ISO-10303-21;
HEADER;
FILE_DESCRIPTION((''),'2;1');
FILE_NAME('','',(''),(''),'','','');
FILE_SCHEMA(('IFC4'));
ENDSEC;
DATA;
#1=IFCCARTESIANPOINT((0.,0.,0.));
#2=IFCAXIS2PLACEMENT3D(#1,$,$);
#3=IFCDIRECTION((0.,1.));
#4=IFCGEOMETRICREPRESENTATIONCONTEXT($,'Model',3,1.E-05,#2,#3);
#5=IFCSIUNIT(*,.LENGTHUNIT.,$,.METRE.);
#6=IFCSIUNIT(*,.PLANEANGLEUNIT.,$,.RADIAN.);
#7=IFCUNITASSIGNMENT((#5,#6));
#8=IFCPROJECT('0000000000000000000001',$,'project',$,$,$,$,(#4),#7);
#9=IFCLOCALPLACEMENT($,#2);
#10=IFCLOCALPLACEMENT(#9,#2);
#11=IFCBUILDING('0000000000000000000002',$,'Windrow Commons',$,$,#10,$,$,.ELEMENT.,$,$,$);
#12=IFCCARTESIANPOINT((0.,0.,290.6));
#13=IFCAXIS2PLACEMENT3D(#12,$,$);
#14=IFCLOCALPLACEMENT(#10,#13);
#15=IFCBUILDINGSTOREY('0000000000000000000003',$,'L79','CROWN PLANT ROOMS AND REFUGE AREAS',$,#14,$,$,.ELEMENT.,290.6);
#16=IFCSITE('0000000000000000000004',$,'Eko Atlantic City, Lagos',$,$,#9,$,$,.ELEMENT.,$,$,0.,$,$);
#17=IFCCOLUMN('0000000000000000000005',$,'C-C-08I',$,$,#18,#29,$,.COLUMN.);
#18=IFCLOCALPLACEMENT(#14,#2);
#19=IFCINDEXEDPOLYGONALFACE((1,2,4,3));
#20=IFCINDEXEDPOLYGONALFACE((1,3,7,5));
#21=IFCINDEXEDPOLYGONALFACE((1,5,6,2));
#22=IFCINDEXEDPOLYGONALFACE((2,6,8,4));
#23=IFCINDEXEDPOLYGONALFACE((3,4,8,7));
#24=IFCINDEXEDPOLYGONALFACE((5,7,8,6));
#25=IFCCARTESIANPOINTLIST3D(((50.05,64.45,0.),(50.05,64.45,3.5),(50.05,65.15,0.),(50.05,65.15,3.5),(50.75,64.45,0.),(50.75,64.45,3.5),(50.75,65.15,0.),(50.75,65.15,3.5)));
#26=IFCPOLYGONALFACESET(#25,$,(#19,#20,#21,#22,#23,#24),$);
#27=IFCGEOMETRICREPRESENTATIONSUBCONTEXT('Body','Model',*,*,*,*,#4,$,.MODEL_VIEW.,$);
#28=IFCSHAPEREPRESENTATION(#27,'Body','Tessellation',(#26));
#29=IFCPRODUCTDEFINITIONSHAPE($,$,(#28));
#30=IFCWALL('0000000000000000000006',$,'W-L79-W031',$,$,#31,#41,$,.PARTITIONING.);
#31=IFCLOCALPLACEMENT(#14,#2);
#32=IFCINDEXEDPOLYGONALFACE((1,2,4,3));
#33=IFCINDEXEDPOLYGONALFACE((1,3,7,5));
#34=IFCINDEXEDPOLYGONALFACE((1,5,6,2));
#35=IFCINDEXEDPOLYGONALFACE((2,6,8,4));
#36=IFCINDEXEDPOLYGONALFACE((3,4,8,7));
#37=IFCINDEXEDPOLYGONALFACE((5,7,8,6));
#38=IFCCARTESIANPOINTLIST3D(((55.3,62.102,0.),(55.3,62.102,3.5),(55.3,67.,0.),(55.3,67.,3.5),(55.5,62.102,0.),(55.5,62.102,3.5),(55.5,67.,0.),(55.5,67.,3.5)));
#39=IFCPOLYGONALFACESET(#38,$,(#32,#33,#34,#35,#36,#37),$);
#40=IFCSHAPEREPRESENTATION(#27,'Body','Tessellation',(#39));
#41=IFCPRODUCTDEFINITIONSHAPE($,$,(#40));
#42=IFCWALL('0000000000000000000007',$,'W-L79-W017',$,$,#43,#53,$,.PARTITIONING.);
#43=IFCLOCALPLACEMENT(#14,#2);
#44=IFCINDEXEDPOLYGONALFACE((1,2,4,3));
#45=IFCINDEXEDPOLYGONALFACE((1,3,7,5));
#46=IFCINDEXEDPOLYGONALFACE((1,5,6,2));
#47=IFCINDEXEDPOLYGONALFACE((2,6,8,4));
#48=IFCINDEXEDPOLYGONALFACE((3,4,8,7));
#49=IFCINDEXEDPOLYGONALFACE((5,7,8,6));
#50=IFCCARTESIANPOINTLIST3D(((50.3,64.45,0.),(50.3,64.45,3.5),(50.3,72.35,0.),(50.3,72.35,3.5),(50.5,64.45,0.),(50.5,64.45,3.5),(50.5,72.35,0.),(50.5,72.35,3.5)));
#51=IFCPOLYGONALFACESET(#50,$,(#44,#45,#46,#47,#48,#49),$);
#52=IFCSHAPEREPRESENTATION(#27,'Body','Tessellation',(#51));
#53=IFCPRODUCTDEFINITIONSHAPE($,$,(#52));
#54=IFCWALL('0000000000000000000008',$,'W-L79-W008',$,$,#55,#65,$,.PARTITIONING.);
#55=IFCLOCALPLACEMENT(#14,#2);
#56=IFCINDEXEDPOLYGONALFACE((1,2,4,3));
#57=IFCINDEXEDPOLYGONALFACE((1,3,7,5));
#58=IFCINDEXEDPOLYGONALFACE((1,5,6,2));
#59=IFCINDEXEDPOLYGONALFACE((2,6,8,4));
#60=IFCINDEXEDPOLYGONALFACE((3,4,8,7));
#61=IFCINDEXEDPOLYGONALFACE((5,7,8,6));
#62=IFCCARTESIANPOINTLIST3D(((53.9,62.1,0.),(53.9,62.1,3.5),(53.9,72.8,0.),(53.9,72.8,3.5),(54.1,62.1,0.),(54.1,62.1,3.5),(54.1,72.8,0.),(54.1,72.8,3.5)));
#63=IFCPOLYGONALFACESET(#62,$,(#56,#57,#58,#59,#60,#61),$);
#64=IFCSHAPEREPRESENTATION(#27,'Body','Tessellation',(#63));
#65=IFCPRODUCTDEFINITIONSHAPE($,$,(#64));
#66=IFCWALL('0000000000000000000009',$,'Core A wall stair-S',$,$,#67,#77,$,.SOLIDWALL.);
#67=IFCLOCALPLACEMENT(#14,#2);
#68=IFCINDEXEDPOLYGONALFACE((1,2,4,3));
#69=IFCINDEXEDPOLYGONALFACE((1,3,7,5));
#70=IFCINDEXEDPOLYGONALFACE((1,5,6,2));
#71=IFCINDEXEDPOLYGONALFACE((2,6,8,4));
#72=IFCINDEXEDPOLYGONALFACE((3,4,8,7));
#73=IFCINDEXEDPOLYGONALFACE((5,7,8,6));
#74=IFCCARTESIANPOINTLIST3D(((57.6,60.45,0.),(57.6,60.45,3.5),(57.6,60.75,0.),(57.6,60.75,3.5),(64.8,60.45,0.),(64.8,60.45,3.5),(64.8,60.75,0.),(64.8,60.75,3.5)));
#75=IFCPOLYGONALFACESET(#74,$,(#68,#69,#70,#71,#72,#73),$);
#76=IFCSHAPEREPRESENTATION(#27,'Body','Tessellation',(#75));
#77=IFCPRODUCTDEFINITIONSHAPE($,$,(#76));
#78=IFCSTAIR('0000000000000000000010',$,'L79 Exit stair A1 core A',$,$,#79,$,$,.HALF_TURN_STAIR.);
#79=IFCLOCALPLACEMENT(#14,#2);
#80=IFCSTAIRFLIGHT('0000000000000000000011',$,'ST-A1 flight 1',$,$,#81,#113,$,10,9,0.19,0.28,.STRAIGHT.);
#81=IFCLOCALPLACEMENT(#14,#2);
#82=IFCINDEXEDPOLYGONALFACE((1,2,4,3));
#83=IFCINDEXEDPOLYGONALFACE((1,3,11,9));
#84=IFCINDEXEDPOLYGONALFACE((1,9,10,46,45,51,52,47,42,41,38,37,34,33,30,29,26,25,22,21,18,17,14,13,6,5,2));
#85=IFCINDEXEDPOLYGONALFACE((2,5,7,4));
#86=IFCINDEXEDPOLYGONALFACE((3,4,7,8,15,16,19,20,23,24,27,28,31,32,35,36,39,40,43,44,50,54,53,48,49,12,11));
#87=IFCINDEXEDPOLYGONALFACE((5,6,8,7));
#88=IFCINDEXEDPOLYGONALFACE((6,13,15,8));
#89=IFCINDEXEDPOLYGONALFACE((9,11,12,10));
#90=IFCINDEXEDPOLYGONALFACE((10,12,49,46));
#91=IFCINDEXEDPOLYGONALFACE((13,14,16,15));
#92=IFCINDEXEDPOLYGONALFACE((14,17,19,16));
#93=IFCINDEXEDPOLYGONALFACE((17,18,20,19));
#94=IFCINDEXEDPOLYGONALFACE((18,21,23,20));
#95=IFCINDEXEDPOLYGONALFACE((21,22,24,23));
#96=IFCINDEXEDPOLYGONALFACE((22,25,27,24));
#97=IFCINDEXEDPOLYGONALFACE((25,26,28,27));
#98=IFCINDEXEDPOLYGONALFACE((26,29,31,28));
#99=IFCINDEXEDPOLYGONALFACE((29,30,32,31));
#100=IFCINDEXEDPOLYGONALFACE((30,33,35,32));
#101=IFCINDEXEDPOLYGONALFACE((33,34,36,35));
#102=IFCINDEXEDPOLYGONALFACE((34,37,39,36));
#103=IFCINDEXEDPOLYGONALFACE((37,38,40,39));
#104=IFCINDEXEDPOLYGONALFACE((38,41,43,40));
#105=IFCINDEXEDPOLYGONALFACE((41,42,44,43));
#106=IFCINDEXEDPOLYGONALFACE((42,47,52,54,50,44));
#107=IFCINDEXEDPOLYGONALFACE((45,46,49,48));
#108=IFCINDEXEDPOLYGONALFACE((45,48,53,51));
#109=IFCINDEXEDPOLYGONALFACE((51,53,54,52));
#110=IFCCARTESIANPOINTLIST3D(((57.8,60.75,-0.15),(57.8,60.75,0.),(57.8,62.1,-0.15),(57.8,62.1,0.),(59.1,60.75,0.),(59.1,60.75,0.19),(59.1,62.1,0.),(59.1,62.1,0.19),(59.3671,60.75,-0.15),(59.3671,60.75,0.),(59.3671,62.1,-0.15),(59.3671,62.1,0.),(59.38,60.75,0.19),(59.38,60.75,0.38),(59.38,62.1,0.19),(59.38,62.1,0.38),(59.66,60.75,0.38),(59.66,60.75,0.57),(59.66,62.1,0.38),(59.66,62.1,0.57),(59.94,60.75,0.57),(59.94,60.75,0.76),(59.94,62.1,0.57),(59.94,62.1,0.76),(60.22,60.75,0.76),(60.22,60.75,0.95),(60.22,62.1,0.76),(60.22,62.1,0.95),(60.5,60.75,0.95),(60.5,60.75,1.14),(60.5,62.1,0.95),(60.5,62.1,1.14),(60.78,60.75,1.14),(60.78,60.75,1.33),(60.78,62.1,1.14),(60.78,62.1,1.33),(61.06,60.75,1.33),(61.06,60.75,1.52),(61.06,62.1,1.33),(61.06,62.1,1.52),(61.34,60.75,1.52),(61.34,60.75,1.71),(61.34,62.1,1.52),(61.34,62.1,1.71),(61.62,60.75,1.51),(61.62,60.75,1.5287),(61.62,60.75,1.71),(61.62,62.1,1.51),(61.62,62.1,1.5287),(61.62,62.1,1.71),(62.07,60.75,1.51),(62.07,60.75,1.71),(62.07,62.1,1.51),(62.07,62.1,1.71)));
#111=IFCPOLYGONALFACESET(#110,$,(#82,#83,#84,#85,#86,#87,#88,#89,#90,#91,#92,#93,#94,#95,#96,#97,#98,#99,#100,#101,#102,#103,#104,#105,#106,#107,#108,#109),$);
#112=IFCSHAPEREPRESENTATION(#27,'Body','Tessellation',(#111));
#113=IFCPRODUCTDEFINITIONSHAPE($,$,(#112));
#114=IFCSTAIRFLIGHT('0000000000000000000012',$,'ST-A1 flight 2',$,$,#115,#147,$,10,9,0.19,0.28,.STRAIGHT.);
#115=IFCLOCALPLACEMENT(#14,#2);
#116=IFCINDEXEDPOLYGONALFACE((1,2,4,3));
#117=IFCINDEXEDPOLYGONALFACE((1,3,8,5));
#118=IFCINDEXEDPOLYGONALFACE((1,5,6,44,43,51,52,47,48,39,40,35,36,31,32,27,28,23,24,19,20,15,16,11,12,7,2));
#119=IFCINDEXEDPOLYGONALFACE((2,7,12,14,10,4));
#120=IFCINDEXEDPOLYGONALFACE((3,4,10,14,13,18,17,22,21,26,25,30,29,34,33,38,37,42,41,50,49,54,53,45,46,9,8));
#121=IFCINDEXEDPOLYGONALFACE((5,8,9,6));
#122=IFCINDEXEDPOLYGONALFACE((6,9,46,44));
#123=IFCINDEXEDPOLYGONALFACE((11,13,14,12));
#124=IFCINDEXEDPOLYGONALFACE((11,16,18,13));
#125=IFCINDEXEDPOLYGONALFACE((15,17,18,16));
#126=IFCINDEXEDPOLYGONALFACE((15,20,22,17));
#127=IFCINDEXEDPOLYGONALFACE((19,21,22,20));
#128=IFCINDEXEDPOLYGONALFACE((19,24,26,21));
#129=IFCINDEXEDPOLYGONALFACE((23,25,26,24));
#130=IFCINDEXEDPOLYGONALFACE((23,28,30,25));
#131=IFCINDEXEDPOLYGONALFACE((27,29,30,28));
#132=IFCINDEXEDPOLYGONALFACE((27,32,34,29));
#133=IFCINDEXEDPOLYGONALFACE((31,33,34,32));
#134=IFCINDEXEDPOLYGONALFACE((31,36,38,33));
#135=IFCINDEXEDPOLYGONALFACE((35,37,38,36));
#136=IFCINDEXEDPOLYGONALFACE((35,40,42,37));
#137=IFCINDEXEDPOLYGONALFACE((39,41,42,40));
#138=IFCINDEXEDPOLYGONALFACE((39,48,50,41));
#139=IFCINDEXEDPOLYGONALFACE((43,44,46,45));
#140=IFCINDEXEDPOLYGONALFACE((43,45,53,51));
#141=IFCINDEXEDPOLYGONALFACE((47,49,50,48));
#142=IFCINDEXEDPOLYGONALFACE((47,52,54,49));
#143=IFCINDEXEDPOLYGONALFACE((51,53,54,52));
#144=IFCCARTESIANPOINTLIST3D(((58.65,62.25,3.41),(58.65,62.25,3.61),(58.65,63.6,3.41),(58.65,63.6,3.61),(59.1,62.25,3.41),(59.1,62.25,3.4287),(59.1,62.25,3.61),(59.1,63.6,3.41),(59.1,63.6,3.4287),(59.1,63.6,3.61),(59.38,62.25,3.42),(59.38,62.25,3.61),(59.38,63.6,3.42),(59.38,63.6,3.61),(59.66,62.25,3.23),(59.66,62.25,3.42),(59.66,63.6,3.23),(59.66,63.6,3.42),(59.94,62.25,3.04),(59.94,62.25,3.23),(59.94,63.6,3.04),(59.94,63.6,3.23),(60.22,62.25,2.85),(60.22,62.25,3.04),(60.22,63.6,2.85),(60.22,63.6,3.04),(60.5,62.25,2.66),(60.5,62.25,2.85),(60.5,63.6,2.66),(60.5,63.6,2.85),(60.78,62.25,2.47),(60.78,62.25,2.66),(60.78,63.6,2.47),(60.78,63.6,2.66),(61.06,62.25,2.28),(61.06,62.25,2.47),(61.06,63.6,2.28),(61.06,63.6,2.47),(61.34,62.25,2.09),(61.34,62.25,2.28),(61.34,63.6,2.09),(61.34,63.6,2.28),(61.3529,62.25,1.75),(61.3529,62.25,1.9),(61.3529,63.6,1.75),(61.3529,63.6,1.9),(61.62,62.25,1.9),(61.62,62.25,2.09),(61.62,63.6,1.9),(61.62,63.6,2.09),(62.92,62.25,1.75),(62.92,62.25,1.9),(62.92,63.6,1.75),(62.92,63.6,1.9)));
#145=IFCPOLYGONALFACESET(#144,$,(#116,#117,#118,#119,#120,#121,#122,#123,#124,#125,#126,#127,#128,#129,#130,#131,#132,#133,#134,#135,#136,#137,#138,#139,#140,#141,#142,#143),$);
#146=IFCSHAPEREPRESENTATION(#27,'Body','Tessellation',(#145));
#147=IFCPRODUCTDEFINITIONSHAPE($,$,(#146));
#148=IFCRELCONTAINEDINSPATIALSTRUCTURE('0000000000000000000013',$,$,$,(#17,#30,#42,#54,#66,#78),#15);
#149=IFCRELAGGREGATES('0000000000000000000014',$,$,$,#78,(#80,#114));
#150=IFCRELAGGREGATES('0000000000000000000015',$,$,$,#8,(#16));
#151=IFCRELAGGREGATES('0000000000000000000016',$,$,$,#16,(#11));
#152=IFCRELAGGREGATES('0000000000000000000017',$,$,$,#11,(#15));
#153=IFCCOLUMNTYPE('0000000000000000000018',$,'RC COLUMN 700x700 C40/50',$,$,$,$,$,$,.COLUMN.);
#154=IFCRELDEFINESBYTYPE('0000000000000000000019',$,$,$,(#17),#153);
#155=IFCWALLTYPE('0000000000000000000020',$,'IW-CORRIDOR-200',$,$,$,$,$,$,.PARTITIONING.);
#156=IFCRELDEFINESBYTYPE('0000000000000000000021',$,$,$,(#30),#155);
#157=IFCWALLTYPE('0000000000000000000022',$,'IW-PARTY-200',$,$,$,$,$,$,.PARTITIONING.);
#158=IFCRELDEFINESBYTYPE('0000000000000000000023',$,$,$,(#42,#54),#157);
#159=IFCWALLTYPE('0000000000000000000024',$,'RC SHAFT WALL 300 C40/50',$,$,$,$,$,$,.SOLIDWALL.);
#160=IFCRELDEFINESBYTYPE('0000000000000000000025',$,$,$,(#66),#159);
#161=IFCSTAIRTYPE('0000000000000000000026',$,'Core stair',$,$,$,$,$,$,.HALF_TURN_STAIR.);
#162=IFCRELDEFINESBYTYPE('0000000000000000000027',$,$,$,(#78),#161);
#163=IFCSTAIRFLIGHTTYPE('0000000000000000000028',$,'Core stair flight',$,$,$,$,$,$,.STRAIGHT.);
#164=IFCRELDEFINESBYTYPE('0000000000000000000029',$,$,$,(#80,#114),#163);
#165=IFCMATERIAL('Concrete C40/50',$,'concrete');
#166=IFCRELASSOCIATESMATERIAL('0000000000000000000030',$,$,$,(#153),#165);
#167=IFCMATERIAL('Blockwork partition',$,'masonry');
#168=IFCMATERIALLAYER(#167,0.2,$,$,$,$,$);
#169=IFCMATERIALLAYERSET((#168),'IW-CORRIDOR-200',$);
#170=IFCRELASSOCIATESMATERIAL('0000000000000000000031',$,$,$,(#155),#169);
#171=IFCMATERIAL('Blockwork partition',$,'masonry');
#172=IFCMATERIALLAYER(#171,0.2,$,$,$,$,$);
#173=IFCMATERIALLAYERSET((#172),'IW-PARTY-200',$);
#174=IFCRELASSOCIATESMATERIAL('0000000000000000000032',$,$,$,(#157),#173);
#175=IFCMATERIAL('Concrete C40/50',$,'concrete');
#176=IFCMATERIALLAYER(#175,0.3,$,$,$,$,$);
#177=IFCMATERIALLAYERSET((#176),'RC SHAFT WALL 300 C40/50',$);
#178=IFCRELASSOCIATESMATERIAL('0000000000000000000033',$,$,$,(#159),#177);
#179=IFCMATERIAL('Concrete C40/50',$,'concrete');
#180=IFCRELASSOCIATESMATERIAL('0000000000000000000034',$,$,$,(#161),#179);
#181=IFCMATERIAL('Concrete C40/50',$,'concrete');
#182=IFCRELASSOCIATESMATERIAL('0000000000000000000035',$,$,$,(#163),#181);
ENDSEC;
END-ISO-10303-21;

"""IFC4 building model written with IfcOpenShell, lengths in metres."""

from ifc_helpers import new_model, si_unit, direction, frame, frame_2d, origin, origin_2d, place, context, subcontext, project, spatial, polyline, rectangle, outline, extrude, material, layer, layer_set, material_profile, profile_set, type_object, element, aggregate, save


model = new_model("IFC4")

# Units and contexts
model_context = context("Model", 3, precision=1e-05, world=origin(), true_north=direction((0.0, 1.0)))
body_context = subcontext(model_context, "Body", "Model", "MODEL_VIEW")
ifc_project = project(units=[si_unit("LENGTHUNIT", "METRE"), si_unit("PLANEANGLEUNIT", "RADIAN")], contexts=[model_context])

# Site, building, storey
site_placement = place(None, origin())
site = spatial("IfcSite", under=ifc_project, at=site_placement, Name="Eko Atlantic City, Lagos", CompositionType="ELEMENT", RefElevation=0.0)
building_placement = place(site_placement, origin())
building = spatial("IfcBuilding", under=site, at=building_placement, Name="Windrow Commons", CompositionType="ELEMENT")
storey_placement = place(building_placement, frame((0.0, 0.0, 290.6)))
storey = spatial("IfcBuildingStorey", under=building, at=storey_placement, Name="L79", Description="CROWN PLANT ROOMS AND REFUGE AREAS", CompositionType="ELEMENT", Elevation=290.6)

# Column
ifc_material_1 = material(Name="Concrete C40/50", Category="concrete")
ifc_material_profile = material_profile(ifc_material_1, rectangle(XDim=0.7, YDim=0.7, at=origin_2d()))
ifc_profile_set = profile_set([ifc_material_profile], Name="Concrete C40/50")
column_type = type_object("IfcColumnType", Name="RC COLUMN 700x700 C40/50", PredefinedType="COLUMN", material=ifc_profile_set)
column_placement = place(storey_placement, frame((50.4, 64.8, 0.0), z_axis=(0.0, 0.0, 1.0), x_axis=(1.0, 0.0, 0.0)))
element("IfcColumn", 1, at=column_placement, inside=storey, type_object=column_type, Name="C-C-08I", PredefinedType="COLUMN", context=body_context, shape_type="SweptSolid", body=[
    extrude(rectangle(XDim=0.7, YDim=0.7, at=origin_2d()), origin(), (0.0, 0.0, 1.0), 3.5),
])

# Walls
ifc_material_2 = material(Name="Blockwork partition", Category="masonry")
ifc_layer_1 = layer(ifc_material_2, 0.2)
ifc_layer_set_1 = layer_set([ifc_layer_1], Name="IW-CORRIDOR-200")
wall_type_1 = type_object("IfcWallType", Name="IW-CORRIDOR-200", PredefinedType="PARTITIONING", material=ifc_layer_set_1)
wall_1_placement = place(storey_placement, frame((55.4, 62.102, 0.0), z_axis=(0.0, 0.0, 1.0), x_axis=(0.0, 1.0, 0.0)))
element("IfcWall", 2, at=wall_1_placement, inside=storey, type_object=wall_type_1, Name="W-L79-W031", PredefinedType="PARTITIONING", context=body_context, shape_type="SweptSolid", body=[
    extrude(rectangle(XDim=4.898, YDim=0.2, at=frame_2d((2.449, 0.0))), origin(), (0.0, 0.0, 1.0), 3.5),
])
ifc_material_3 = material(Name="Blockwork partition", Category="masonry")
ifc_layer_2 = layer(ifc_material_3, 0.2)
ifc_layer_set_2 = layer_set([ifc_layer_2], Name="IW-PARTY-200")
wall_type_2 = type_object("IfcWallType", Name="IW-PARTY-200", PredefinedType="PARTITIONING", material=ifc_layer_set_2)
wall_2_placement = place(storey_placement, frame((50.4, 64.45, 0.0), z_axis=(0.0, 0.0, 1.0), x_axis=(0.0, 1.0, 0.0)))
element("IfcWall", 3, at=wall_2_placement, inside=storey, type_object=wall_type_2, Name="W-L79-W017", PredefinedType="PARTITIONING", context=body_context, shape_type="SweptSolid", body=[
    extrude(rectangle(XDim=7.9, YDim=0.2, at=frame_2d((3.95, 0.0))), origin(), (0.0, 0.0, 1.0), 3.5),
])
wall_3_placement = place(storey_placement, frame((54.0, 62.1, 0.0), z_axis=(0.0, 0.0, 1.0), x_axis=(0.0, 1.0, 0.0)))
element("IfcWall", 4, at=wall_3_placement, inside=storey, type_object=wall_type_2, Name="W-L79-W008", PredefinedType="PARTITIONING", context=body_context, shape_type="SweptSolid", body=[
    extrude(outline(polyline([(0.0, -0.1), (10.7, -0.1), (10.7, 0.1), (0.0, 0.1), (0.0, -0.1)])), origin(), (0.0, 0.0, 1.0), 3.5),
])
ifc_material_4 = material(Name="Concrete C40/50", Category="concrete")
ifc_layer_3 = layer(ifc_material_4, 0.3)
ifc_layer_set_3 = layer_set([ifc_layer_3], Name="RC SHAFT WALL 300 C40/50")
wall_type_3 = type_object("IfcWallType", Name="RC SHAFT WALL 300 C40/50", PredefinedType="SOLIDWALL", material=ifc_layer_set_3)
wall_4_placement = place(storey_placement, frame((57.6, 60.6, 0.0), z_axis=(0.0, 0.0, 1.0), x_axis=(1.0, 0.0, 0.0)))
element("IfcWall", 5, at=wall_4_placement, inside=storey, type_object=wall_type_3, Name="Core A wall stair-S", PredefinedType="SOLIDWALL", context=body_context, shape_type="SweptSolid", body=[
    extrude(rectangle(XDim=7.2, YDim=0.3, at=frame_2d((3.6, 0.0))), origin(), (0.0, 0.0, 1.0), 3.5),
])

# Stair, stair flights
ifc_material_5 = material(Name="Concrete C40/50", Category="concrete")
stair_type = type_object("IfcStairType", Name="Core stair", PredefinedType="HALF_TURN_STAIR", material=ifc_material_5)
stair_placement = place(storey_placement, origin())
stair = element("IfcStair", 6, at=stair_placement, inside=storey, type_object=stair_type, Name="L79 Exit stair A1 core A", PredefinedType="HALF_TURN_STAIR")
ifc_material_6 = material(Name="Concrete C40/50", Category="concrete")
stair_flight_type = type_object("IfcStairFlightType", Name="Core stair flight", PredefinedType="STRAIGHT", material=ifc_material_6)
stair_flight_1_placement = place(storey_placement, frame((59.1, 61.425, 0.0), z_axis=(0.0, 0.0, 1.0), x_axis=(1.0, 0.0, 0.0)))
stair_flight_1 = element("IfcStairFlight", 7, at=stair_flight_1_placement, type_object=stair_flight_type, Name="ST-A1 flight 1", NumberOfRisers=10, NumberOfTreads=9, PredefinedType="STRAIGHT", RiserHeight=0.19, TreadLength=0.28, context=body_context, shape_type="SweptSolid", body=[
    extrude(outline(polyline([(-1.3, -0.15), (-1.3, 0.0), (0.0, 0.0), (0.0, 0.19), (0.28, 0.19), (0.28, 0.38), (0.56, 0.38), (0.56, 0.57), (0.84, 0.57), (0.84, 0.76), (1.12, 0.76), (1.12, 0.95), (1.4, 0.95), (1.4, 1.14), (1.68, 1.14), (1.68, 1.33), (1.96, 1.33), (1.96, 1.52), (2.24, 1.52), (2.24, 1.71), (2.52, 1.71), (2.97, 1.71), (2.97, 1.51), (2.52, 1.51), (2.52, 1.5287), (0.2671, 0.0), (0.2671, -0.15), (-1.3, -0.15)])), frame((0.0, 0.675, 0.0), z_axis=(0.0, -1.0, 0.0), x_axis=(1.0, 0.0, 0.0)), (0.0, 0.0, 1.0), 1.35),
])
stair_flight_2_placement = place(storey_placement, frame((61.62, 62.925, 1.9), z_axis=(0.0, 0.0, 1.0), x_axis=(-1.0, 0.0, 0.0)))
stair_flight_2 = element("IfcStairFlight", 8, at=stair_flight_2_placement, type_object=stair_flight_type, Name="ST-A1 flight 2", NumberOfRisers=10, NumberOfTreads=9, PredefinedType="STRAIGHT", RiserHeight=0.19, TreadLength=0.28, context=body_context, shape_type="SweptSolid", body=[
    extrude(outline(polyline([(-1.3, -0.15), (-1.3, 0.0), (0.0, 0.0), (0.0, 0.19), (0.28, 0.19), (0.28, 0.38), (0.56, 0.38), (0.56, 0.57), (0.84, 0.57), (0.84, 0.76), (1.12, 0.76), (1.12, 0.95), (1.4, 0.95), (1.4, 1.14), (1.68, 1.14), (1.68, 1.33), (1.96, 1.33), (1.96, 1.52), (2.24, 1.52), (2.24, 1.71), (2.52, 1.71), (2.97, 1.71), (2.97, 1.51), (2.52, 1.51), (2.52, 1.5287), (0.2671, 0.0), (0.2671, -0.15), (-1.3, -0.15)])), frame((0.0, 0.675, 0.0), z_axis=(0.0, -1.0, 0.0), x_axis=(1.0, 0.0, 0.0)), (0.0, 0.0, 1.0), 1.35),
])
aggregate(stair, [stair_flight_1, stair_flight_2])

save(model, "model.ifc")
